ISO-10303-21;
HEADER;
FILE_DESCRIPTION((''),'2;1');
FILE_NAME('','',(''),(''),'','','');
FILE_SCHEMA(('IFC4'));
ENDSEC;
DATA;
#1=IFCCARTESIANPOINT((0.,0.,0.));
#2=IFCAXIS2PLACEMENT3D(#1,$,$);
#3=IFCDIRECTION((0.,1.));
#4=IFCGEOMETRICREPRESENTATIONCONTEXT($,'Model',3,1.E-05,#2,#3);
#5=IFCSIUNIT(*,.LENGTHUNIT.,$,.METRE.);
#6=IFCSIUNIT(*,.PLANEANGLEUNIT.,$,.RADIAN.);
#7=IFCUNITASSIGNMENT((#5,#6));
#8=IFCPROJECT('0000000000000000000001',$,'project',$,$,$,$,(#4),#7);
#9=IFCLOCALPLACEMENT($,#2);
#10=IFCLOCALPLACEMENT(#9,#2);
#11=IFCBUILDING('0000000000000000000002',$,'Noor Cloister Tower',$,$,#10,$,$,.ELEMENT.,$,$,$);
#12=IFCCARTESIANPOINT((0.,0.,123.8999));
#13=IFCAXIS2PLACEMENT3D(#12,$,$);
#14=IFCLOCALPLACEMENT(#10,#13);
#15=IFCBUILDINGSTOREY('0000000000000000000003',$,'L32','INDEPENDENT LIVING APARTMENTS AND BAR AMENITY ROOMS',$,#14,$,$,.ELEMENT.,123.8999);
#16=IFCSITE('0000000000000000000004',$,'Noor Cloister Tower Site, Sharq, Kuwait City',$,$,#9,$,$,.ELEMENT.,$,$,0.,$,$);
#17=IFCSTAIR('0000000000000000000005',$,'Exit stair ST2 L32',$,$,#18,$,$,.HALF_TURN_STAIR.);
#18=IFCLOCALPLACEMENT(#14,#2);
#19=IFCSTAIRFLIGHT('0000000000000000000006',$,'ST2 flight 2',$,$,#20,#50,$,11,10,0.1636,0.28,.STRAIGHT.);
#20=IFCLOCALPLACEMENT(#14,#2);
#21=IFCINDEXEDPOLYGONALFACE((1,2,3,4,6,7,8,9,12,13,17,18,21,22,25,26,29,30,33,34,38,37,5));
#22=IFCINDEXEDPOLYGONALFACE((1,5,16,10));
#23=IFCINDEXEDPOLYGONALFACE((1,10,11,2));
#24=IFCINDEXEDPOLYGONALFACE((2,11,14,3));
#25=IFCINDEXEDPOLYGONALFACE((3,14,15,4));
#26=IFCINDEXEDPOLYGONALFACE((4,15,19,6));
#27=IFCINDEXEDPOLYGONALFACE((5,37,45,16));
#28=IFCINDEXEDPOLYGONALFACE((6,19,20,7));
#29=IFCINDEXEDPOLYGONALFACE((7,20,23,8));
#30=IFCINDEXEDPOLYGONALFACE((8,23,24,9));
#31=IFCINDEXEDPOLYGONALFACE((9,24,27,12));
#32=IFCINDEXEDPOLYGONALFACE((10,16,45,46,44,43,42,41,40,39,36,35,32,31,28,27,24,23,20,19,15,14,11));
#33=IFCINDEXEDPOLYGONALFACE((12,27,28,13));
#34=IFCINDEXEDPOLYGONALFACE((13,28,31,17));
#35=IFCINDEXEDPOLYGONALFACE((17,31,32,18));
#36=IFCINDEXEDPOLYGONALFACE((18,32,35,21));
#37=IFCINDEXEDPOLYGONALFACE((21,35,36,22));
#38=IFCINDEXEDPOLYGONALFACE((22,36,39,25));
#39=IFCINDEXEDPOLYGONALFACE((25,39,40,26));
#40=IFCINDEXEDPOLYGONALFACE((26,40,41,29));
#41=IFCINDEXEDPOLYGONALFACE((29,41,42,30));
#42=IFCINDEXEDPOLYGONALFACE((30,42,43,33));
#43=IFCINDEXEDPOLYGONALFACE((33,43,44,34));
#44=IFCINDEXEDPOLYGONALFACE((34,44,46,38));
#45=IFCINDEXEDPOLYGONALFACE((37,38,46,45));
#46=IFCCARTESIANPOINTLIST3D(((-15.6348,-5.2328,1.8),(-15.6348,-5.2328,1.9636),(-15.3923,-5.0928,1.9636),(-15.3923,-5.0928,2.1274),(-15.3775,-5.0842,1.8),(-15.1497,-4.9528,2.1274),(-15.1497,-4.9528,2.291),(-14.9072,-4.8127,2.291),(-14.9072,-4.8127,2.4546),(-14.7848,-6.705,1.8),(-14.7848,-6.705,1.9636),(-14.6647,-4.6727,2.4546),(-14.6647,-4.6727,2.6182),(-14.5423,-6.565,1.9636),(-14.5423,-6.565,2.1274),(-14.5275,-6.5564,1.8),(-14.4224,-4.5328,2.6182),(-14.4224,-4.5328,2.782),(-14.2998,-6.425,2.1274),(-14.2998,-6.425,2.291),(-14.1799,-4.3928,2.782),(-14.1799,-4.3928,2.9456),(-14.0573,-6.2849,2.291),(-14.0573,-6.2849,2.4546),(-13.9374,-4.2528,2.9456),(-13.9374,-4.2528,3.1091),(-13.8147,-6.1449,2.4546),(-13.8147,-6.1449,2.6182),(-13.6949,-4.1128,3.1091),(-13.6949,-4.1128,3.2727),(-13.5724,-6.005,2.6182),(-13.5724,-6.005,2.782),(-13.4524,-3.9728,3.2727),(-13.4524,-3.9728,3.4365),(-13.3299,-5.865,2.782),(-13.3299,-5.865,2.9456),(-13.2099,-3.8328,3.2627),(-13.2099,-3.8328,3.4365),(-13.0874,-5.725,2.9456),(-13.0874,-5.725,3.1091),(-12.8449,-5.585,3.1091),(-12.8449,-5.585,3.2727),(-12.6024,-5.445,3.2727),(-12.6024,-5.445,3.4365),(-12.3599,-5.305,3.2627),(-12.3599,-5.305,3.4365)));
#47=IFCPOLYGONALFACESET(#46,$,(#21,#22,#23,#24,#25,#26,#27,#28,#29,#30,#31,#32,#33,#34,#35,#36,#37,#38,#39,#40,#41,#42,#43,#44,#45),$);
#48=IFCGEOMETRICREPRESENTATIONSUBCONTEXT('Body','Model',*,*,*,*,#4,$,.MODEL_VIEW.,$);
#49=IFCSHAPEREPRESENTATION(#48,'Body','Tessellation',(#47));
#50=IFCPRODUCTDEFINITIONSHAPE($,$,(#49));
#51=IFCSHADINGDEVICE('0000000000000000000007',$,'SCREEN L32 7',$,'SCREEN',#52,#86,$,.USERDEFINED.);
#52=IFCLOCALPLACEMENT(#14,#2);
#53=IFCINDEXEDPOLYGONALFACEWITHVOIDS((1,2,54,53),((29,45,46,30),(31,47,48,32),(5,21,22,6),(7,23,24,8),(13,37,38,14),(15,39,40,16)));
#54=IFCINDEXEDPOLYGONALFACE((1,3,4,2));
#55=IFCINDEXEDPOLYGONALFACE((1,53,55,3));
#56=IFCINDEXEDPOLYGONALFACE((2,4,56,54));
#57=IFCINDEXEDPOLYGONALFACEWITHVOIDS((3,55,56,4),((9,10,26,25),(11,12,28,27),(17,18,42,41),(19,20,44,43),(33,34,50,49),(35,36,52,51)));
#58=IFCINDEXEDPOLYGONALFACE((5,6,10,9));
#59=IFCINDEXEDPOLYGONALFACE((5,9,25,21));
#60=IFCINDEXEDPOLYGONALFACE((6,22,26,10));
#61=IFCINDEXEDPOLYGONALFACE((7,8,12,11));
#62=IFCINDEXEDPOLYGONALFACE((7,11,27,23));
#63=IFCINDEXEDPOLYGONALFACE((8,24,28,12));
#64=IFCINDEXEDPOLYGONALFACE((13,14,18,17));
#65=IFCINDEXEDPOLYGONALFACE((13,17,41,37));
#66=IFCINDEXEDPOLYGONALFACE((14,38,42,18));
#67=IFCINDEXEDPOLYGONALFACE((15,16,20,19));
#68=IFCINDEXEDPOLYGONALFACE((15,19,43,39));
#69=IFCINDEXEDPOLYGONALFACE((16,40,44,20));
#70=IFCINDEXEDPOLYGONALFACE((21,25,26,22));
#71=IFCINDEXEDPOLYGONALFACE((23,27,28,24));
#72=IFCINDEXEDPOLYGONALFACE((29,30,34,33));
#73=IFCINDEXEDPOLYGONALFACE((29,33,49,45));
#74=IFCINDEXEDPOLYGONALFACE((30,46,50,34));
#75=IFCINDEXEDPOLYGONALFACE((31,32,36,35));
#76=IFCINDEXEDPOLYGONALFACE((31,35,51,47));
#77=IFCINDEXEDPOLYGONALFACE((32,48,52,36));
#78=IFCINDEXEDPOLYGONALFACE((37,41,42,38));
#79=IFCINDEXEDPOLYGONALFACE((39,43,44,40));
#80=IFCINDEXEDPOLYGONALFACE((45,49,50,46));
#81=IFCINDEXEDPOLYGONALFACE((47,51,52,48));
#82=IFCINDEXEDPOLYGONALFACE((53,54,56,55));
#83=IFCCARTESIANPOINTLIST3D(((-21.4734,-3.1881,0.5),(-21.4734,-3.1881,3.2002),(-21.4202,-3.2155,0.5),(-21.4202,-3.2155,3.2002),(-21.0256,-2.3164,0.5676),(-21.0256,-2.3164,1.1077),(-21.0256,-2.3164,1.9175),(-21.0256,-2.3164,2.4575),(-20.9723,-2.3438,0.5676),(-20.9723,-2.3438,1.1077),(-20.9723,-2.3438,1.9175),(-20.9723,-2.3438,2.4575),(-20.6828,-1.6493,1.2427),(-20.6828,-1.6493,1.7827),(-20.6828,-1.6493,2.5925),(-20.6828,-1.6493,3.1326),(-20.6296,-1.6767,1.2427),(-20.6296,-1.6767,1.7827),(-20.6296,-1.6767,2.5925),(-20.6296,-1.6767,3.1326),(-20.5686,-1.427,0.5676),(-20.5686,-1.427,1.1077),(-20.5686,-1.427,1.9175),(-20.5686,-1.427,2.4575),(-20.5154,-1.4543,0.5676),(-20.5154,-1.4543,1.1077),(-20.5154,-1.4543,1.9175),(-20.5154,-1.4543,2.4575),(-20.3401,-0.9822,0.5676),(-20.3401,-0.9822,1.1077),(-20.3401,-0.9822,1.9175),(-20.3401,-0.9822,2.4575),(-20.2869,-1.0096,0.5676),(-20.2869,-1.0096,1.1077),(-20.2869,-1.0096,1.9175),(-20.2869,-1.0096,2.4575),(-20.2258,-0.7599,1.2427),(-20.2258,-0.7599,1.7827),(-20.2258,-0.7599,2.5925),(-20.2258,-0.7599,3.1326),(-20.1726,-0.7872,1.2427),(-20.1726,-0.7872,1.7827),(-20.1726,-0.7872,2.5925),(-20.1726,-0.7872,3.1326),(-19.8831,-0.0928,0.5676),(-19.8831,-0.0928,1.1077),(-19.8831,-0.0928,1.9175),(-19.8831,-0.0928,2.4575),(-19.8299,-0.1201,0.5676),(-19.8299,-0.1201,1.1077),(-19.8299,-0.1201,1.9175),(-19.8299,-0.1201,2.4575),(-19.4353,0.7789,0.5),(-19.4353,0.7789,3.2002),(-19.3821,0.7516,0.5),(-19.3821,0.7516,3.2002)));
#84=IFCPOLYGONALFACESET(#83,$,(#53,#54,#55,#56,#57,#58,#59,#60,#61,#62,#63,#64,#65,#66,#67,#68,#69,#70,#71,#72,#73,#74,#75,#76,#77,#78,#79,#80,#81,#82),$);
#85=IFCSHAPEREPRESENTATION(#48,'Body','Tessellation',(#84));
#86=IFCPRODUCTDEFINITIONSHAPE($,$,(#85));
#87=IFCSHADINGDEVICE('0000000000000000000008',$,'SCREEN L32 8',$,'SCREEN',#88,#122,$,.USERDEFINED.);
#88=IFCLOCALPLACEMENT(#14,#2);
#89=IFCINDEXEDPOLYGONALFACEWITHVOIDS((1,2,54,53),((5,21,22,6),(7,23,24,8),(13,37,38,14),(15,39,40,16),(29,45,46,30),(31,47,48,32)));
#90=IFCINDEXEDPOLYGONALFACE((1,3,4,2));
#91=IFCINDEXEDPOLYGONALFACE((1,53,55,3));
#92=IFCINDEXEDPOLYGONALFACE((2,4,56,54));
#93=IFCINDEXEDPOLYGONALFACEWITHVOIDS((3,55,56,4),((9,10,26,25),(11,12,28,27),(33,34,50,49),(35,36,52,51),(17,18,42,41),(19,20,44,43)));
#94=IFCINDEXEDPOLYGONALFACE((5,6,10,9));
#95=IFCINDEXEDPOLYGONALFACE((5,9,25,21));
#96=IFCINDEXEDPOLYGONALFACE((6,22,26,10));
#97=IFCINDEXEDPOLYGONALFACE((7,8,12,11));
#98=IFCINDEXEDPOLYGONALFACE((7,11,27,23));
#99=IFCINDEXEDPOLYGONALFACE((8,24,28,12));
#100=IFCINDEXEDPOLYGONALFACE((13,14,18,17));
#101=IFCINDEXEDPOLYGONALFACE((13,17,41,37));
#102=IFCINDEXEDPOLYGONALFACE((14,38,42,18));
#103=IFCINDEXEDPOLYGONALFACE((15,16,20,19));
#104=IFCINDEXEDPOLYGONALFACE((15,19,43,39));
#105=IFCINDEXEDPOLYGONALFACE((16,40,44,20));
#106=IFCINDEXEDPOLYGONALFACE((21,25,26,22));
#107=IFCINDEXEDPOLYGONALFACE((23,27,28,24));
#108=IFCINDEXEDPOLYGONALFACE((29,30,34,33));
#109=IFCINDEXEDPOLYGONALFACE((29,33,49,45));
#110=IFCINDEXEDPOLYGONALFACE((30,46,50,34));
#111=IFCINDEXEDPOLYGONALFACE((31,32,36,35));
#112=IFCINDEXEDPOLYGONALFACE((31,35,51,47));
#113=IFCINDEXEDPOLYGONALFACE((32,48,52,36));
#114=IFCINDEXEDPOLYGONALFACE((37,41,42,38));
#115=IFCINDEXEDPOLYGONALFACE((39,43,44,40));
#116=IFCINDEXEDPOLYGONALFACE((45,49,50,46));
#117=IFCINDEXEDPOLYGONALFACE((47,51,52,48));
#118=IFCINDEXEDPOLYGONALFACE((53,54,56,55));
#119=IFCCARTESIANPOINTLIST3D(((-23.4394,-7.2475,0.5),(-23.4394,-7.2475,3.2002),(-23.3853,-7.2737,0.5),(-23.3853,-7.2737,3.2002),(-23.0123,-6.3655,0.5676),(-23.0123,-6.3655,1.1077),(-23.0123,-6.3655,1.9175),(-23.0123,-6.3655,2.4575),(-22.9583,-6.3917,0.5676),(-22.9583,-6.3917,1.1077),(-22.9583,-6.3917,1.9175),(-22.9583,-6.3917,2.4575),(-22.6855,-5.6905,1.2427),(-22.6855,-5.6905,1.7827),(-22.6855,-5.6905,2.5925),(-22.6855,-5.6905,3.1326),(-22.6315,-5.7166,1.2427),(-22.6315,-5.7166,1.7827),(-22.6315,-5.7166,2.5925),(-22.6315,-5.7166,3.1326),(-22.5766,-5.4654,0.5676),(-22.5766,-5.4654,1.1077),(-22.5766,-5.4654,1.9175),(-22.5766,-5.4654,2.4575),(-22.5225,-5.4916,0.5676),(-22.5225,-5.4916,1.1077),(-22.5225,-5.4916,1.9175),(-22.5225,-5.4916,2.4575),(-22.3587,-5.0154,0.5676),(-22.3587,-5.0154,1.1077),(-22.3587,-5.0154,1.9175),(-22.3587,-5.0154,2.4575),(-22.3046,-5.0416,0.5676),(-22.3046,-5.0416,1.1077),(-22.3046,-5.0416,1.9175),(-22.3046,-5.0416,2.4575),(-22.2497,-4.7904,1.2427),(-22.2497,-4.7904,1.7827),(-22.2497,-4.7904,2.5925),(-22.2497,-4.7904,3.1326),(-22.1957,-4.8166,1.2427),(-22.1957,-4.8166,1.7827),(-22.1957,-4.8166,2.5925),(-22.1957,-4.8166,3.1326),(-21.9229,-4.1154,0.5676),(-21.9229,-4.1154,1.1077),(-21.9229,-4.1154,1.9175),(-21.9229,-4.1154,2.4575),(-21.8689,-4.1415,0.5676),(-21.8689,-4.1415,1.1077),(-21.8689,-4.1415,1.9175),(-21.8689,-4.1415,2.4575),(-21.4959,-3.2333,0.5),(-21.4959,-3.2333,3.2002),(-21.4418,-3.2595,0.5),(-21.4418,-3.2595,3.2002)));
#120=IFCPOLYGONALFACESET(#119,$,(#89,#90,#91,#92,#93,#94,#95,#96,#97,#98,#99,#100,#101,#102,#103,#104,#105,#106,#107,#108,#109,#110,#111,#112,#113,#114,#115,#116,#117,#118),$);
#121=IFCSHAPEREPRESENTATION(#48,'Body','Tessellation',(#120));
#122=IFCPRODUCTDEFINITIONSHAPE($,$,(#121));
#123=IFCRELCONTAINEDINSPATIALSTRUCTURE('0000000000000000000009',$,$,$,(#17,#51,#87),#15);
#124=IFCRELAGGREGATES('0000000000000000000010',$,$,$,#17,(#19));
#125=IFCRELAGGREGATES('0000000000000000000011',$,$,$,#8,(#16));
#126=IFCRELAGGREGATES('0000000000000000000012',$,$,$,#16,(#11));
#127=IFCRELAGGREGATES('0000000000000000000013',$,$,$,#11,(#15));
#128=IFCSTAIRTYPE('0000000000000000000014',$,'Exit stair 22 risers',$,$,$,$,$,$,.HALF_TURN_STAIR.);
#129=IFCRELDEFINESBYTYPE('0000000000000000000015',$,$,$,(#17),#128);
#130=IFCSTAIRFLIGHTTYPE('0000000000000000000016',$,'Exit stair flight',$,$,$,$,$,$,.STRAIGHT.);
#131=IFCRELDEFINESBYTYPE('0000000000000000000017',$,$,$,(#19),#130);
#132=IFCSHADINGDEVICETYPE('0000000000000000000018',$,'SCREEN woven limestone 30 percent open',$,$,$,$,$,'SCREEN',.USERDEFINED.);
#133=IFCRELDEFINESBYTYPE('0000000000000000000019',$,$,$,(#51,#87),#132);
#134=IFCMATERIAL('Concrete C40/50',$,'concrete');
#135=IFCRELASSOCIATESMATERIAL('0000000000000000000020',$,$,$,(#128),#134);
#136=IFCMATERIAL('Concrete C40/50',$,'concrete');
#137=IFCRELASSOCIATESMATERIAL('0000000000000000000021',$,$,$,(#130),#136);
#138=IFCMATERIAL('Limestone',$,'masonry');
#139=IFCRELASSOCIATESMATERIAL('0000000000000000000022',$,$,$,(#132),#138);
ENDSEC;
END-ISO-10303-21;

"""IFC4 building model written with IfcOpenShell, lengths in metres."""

from ifc_helpers import new_model, si_unit, direction, frame, origin, place, context, subcontext, project, spatial, polyline, outline, extrude, material, material_profile, profile_set, type_object, element, aggregate, save


model = new_model("IFC4")

# Units and contexts
model_context = context("Model", 3, precision=1e-05, world=origin(), true_north=direction((0.0, 1.0)))
body_context = subcontext(model_context, "Body", "Model", "MODEL_VIEW")
ifc_project = project(units=[si_unit("LENGTHUNIT", "METRE"), si_unit("PLANEANGLEUNIT", "RADIAN")], contexts=[model_context])

# Site, building, storey
site_placement = place(None, origin())
site = spatial("IfcSite", under=ifc_project, at=site_placement, Name="Noor Cloister Tower Site, Sharq, Kuwait City", CompositionType="ELEMENT", RefElevation=0.0)
building_placement = place(site_placement, origin())
building = spatial("IfcBuilding", under=site, at=building_placement, Name="Noor Cloister Tower", CompositionType="ELEMENT")
storey_placement = place(building_placement, frame((0.0, 0.0, 123.8999)))
storey = spatial("IfcBuildingStorey", under=building, at=storey_placement, Name="L32", Description="INDEPENDENT LIVING APARTMENTS AND BAR AMENITY ROOMS", CompositionType="ELEMENT", Elevation=123.8999)

# Stair, stair flight
ifc_material_1 = material(Name="Concrete C40/50", Category="concrete")
stair_type = type_object("IfcStairType", Name="Exit stair 22 risers", PredefinedType="HALF_TURN_STAIR", material=ifc_material_1)
stair_placement = place(storey_placement, origin())
stair = element("IfcStair", 1, at=stair_placement, inside=storey, type_object=stair_type, Name="Exit stair ST2 L32", PredefinedType="HALF_TURN_STAIR")
ifc_material_2 = material(Name="Concrete C40/50", Category="concrete")
stair_flight_type = type_object("IfcStairFlightType", Name="Exit stair flight", PredefinedType="STRAIGHT", material=ifc_material_2)
stair_flight_1_placement = place(storey_placement, frame((-15.2097, -5.969, 1.8), z_axis=(0.0, 0.0, 1.0), x_axis=(0.866025, 0.5, 0.0)))
stair_flight_1 = element("IfcStairFlight", 2, at=stair_flight_1_placement, type_object=stair_flight_type, Name="ST2 flight 2", NumberOfRisers=11, NumberOfTreads=10, PredefinedType="STRAIGHT", RiserHeight=0.1636, TreadLength=0.28, context=body_context, shape_type="SweptSolid", body=[
    extrude(outline(polyline([(0.0, 0.0), (0.0, 0.1636), (0.28, 0.1636), (0.28, 0.3274), (0.5601, 0.3274), (0.5601, 0.491), (0.8401, 0.491), (0.8401, 0.6545), (1.1201, 0.6545), (1.1201, 0.8181), (1.3999, 0.8181), (1.3999, 0.9819), (1.6799, 0.9819), (1.6799, 1.1455), (1.96, 1.1455), (1.96, 1.3091), (2.24, 1.3091), (2.24, 1.4727), (2.52, 1.4727), (2.52, 1.6365), (2.8, 1.6365), (2.8, 1.8), (2.8, 1.4626), (0.2971, 0.0), (0.0, 0.0)])), frame((0.0, 0.8501, 0.0), z_axis=(0.0, -1.0, 0.0), x_axis=(1.0, 0.0, 0.0)), (0.0, 0.0, 1.0), 1.7),
])
aggregate(stair, [stair_flight_1])

# Shading devices
ifc_material_3 = material(Name="Limestone", Category="masonry")
ifc_material_profile_1 = material_profile(ifc_material_3, outline(polyline([(-2.23, -1.3501), (2.23, -1.3501), (2.23, 1.3501), (-2.23, 1.3501), (-2.23, -1.3501)]), holes=[polyline([(-1.25, -1.2825), (-0.25, -1.2825), (-0.25, -0.7424), (-1.25, -0.7424), (-1.25, -1.2825)]), polyline([(0.25, -1.2825), (1.25, -1.2825), (1.25, -0.7424), (0.25, -0.7424), (0.25, -1.2825)]), polyline([(-0.5, -0.6074), (0.5, -0.6074), (0.5, -0.0674), (-0.5, -0.0674), (-0.5, -0.6074)]), polyline([(-1.25, 0.0674), (-0.25, 0.0674), (-0.25, 0.6074), (-1.25, 0.6074), (-1.25, 0.0674)]), polyline([(0.25, 0.0674), (1.25, 0.0674), (1.25, 0.6074), (0.25, 0.6074), (0.25, 0.0674)]), polyline([(-0.5, 0.7424), (0.5, 0.7424), (0.5, 1.2825), (-0.5, 1.2825), (-0.5, 0.7424)])]), Name="Woven screen 30 percent open")
ifc_profile_set_1 = profile_set([ifc_material_profile_1], Name="Limestone")
shading_device_type = type_object("IfcShadingDeviceType", Name="SCREEN woven limestone 30 percent open", ElementType="SCREEN", PredefinedType="USERDEFINED", material=ifc_profile_set_1)
shading_device_1_placement = place(storey_placement, frame((-20.4011, -1.2319, 1.8501), z_axis=(-0.889477, 0.456979, 0.0), x_axis=(-0.456979, -0.889477, 0.0)))
element("IfcShadingDevice", 3, at=shading_device_1_placement, inside=storey, type_object=shading_device_type, Name="SCREEN L32 7", ObjectType="SCREEN", PredefinedType="USERDEFINED", context=body_context, shape_type="SweptSolid", body=[
    extrude(outline(polyline([(-2.23, -1.3501), (2.23, -1.3501), (2.23, 1.3501), (-2.23, 1.3501), (-2.23, -1.3501)]), holes=[polyline([(-1.25, -1.2825), (-0.25, -1.2825), (-0.25, -0.7424), (-1.25, -0.7424), (-1.25, -1.2825)]), polyline([(0.25, -1.2825), (1.25, -1.2825), (1.25, -0.7424), (0.25, -0.7424), (0.25, -1.2825)]), polyline([(-0.5, -0.6074), (0.5, -0.6074), (0.5, -0.0674), (-0.5, -0.0674), (-0.5, -0.6074)]), polyline([(-1.25, 0.0674), (-0.25, 0.0674), (-0.25, 0.6074), (-1.25, 0.6074), (-1.25, 0.0674)]), polyline([(0.25, 0.0674), (1.25, 0.0674), (1.25, 0.6074), (0.25, 0.6074), (0.25, 0.0674)]), polyline([(-0.5, 0.7424), (0.5, 0.7424), (0.5, 1.2825), (-0.5, 1.2825), (-0.5, 0.7424)])]), origin(), (0.0, 0.0, 1.0), 0.0598),
])
shading_device_2_placement = place(storey_placement, frame((-22.4136, -5.2666, 1.8501), z_axis=(-0.900056, 0.435774, 0.0), x_axis=(-0.435774, -0.900056, 0.0)))
element("IfcShadingDevice", 4, at=shading_device_2_placement, inside=storey, type_object=shading_device_type, Name="SCREEN L32 8", ObjectType="SCREEN", PredefinedType="USERDEFINED", context=body_context, shape_type="SweptSolid", body=[
    extrude(outline(polyline([(-2.23, -1.3501), (2.23, -1.3501), (2.23, 1.3501), (-2.23, 1.3501), (-2.23, -1.3501)]), holes=[polyline([(-1.25, -1.2825), (-0.25, -1.2825), (-0.25, -0.7424), (-1.25, -0.7424), (-1.25, -1.2825)]), polyline([(0.25, -1.2825), (1.25, -1.2825), (1.25, -0.7424), (0.25, -0.7424), (0.25, -1.2825)]), polyline([(-0.5, -0.6074), (0.5, -0.6074), (0.5, -0.0674), (-0.5, -0.0674), (-0.5, -0.6074)]), polyline([(-1.25, 0.0674), (-0.25, 0.0674), (-0.25, 0.6074), (-1.25, 0.6074), (-1.25, 0.0674)]), polyline([(0.25, 0.0674), (1.25, 0.0674), (1.25, 0.6074), (0.25, 0.6074), (0.25, 0.0674)]), polyline([(-0.5, 0.7424), (0.5, 0.7424), (0.5, 1.2825), (-0.5, 1.2825), (-0.5, 0.7424)])]), origin(), (0.0, 0.0, 1.0), 0.0601),
])

save(model, "model.ifc")
